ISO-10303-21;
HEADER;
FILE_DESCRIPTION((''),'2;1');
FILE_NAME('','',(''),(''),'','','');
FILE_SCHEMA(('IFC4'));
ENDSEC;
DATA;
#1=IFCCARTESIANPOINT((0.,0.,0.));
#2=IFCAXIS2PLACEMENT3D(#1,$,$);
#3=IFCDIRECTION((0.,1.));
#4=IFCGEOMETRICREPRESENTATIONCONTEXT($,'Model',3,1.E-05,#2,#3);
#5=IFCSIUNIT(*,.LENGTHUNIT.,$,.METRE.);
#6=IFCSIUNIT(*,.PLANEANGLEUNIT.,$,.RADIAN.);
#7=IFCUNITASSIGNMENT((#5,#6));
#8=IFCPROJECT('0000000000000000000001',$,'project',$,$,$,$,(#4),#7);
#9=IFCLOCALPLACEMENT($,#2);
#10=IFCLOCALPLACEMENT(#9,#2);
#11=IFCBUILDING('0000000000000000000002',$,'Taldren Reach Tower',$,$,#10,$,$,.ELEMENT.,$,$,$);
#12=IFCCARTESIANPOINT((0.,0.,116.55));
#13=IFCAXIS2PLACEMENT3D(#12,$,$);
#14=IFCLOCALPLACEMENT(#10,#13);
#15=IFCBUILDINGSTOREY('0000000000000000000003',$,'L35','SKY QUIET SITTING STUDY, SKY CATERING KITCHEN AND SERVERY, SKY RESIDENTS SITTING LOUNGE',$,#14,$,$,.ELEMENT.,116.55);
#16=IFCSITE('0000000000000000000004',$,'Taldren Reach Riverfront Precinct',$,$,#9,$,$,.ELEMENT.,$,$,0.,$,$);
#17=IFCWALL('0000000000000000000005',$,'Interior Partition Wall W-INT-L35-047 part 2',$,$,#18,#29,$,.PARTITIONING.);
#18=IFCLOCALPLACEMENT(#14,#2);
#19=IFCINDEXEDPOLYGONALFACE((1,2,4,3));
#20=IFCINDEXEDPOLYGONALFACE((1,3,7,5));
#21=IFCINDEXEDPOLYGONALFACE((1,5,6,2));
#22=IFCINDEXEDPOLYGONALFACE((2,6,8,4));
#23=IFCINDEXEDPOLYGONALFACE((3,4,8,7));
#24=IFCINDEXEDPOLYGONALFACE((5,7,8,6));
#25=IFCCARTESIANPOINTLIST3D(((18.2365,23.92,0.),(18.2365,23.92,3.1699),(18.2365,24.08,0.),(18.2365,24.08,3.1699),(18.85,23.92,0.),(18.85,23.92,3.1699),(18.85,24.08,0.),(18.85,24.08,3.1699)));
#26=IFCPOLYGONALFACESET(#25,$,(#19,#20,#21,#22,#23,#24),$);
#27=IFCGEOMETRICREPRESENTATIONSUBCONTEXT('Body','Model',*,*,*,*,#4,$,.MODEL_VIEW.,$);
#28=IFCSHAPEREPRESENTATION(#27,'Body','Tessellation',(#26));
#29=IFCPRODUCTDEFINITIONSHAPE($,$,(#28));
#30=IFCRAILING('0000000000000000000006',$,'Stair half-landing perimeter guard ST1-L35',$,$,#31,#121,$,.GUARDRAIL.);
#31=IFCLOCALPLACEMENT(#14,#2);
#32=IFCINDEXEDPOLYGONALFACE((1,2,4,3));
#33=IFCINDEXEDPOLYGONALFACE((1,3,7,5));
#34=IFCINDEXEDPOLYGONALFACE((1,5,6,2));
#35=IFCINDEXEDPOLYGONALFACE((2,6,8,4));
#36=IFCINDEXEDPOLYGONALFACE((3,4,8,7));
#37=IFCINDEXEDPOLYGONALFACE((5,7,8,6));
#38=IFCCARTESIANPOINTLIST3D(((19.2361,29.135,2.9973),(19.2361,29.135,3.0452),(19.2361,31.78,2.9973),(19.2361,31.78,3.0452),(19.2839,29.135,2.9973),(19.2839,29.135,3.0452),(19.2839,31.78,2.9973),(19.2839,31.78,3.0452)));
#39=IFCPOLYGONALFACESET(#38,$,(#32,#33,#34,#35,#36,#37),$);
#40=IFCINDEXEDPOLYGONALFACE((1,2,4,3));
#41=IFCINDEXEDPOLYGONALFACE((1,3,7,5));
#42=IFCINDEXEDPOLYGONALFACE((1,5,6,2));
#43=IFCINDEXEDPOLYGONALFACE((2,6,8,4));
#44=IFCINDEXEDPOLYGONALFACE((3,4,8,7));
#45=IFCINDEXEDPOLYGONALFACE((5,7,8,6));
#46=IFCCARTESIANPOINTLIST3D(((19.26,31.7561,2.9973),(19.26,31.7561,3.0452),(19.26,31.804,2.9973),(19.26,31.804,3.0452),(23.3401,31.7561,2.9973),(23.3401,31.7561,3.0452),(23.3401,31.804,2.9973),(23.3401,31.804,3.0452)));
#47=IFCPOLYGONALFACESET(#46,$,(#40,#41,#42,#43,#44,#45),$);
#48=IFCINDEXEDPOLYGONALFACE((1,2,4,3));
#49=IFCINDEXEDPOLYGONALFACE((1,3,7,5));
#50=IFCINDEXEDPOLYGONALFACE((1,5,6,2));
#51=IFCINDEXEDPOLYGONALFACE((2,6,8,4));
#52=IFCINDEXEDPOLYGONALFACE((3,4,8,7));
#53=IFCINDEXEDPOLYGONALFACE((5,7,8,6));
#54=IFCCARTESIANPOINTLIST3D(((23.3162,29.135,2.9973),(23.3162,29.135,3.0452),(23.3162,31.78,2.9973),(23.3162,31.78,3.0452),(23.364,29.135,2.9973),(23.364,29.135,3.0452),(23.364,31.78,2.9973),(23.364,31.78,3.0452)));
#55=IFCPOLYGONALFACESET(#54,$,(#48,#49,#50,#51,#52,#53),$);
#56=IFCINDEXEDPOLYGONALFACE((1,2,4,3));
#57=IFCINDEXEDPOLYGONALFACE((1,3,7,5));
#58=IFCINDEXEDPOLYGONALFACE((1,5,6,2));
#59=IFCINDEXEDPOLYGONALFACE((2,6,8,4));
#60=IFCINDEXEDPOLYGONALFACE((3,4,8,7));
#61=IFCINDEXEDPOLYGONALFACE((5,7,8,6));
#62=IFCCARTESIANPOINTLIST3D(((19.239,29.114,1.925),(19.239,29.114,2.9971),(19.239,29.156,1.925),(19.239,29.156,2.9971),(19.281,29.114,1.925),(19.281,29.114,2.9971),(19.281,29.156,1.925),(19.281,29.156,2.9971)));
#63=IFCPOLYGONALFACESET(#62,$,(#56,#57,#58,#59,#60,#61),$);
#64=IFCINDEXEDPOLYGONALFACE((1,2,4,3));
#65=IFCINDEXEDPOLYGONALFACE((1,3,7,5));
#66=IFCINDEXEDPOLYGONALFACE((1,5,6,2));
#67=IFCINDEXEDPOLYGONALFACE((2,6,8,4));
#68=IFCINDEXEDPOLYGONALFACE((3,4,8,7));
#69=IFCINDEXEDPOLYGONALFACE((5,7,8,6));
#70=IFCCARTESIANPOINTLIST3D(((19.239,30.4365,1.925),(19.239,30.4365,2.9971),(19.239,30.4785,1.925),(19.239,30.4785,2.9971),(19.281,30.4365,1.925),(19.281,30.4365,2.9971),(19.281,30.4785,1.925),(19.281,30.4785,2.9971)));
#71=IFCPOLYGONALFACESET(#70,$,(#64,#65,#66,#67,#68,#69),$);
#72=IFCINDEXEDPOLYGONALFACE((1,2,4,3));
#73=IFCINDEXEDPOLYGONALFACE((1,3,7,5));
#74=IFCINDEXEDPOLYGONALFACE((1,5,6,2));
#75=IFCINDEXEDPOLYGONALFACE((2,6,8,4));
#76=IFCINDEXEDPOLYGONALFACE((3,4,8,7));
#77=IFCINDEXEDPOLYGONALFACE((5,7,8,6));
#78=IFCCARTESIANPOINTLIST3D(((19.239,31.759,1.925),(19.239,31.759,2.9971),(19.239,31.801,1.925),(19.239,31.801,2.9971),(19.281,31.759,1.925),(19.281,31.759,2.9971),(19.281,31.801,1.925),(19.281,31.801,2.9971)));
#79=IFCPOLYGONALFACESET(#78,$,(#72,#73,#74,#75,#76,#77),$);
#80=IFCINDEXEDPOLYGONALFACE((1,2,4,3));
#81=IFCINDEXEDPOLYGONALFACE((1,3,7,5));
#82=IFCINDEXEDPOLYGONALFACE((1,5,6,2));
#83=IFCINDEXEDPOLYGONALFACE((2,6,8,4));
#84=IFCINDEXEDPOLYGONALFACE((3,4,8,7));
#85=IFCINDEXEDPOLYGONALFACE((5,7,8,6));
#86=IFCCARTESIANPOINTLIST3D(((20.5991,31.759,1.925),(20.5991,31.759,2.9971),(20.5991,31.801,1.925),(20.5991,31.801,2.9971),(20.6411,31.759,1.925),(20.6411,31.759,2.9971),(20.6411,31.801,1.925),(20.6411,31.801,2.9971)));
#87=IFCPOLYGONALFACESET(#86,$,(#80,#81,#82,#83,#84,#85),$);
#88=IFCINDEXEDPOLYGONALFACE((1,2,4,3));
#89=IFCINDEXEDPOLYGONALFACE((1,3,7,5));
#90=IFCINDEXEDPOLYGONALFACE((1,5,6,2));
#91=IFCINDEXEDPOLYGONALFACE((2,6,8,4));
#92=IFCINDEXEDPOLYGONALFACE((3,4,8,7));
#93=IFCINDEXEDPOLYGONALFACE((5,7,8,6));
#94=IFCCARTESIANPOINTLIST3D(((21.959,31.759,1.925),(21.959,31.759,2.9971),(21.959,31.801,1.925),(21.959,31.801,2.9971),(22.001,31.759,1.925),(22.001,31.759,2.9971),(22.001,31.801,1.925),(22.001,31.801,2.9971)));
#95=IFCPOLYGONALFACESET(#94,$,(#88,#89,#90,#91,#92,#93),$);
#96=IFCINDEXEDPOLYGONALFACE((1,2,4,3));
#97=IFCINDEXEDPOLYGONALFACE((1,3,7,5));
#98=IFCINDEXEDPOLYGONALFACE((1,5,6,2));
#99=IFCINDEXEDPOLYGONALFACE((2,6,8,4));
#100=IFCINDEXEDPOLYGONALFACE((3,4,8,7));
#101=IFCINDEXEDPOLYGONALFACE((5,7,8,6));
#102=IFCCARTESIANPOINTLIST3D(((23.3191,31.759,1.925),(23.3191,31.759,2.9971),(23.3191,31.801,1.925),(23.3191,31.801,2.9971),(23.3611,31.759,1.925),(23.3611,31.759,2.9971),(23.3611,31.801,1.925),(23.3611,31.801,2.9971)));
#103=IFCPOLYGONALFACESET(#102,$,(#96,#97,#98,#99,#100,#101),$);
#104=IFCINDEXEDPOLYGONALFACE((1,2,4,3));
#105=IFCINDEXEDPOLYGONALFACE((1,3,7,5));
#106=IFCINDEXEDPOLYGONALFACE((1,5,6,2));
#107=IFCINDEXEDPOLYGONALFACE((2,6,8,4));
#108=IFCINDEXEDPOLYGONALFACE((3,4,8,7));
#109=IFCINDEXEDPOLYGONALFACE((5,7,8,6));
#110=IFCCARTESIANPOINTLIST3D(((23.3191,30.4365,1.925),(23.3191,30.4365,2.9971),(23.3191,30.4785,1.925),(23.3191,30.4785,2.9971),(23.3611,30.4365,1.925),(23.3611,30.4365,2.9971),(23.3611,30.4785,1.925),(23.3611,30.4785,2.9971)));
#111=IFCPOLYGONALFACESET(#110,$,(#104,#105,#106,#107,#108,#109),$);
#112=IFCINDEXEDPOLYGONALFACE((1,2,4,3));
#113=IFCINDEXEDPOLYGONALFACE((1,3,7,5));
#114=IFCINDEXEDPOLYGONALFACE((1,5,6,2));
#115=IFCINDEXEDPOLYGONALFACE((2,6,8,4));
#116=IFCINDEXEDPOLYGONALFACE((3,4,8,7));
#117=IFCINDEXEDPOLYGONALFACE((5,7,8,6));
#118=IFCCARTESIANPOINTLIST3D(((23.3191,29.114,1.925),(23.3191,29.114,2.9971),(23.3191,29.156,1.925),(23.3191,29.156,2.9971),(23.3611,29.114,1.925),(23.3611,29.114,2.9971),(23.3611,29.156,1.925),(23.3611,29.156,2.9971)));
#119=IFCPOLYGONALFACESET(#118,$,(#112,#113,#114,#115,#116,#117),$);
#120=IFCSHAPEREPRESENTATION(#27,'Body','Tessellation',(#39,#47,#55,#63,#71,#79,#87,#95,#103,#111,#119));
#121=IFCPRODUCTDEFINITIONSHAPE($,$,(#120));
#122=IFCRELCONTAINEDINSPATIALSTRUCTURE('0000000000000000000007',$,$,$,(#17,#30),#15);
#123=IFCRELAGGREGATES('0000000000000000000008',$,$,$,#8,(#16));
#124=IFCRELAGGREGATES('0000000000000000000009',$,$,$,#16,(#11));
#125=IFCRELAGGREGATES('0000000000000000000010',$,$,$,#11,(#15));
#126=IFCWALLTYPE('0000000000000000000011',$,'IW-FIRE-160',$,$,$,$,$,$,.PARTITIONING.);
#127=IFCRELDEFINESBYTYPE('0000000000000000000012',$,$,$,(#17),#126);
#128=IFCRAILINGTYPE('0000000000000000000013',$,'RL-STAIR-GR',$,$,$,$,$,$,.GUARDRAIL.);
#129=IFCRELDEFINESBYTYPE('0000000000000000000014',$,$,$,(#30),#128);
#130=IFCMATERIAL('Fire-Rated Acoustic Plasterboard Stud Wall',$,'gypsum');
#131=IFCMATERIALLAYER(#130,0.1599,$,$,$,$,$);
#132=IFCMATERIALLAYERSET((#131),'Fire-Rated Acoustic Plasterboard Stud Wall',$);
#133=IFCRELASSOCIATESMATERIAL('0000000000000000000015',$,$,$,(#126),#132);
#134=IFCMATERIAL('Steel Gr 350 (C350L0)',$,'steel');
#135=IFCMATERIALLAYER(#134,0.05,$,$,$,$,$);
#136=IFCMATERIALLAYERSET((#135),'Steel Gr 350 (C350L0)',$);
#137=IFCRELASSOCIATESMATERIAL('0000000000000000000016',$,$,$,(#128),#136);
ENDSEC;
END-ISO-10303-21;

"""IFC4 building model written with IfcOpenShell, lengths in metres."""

from ifc_helpers import new_model, si_unit, direction, frame, frame_2d, origin, origin_2d, place, context, subcontext, project, spatial, rectangle, extrude, source, transform, mapped, material, layer, layer_set, type_object, element, save


model = new_model("IFC4")

# Units and contexts
model_context = context("Model", 3, precision=1e-05, world=origin(), true_north=direction((0.0, 1.0)))
body_context = subcontext(model_context, "Body", "Model", "MODEL_VIEW")
ifc_project = project(units=[si_unit("LENGTHUNIT", "METRE"), si_unit("PLANEANGLEUNIT", "RADIAN")], contexts=[model_context])

# Site, building, storey
site_placement = place(None, origin())
site = spatial("IfcSite", under=ifc_project, at=site_placement, Name="Taldren Reach Riverfront Precinct", CompositionType="ELEMENT", RefElevation=0.0)
building_placement = place(site_placement, origin())
building = spatial("IfcBuilding", under=site, at=building_placement, Name="Taldren Reach Tower", CompositionType="ELEMENT")
storey_placement = place(building_placement, frame((0.0, 0.0, 116.55)))
storey = spatial("IfcBuildingStorey", under=building, at=storey_placement, Name="L35", Description="SKY QUIET SITTING STUDY, SKY CATERING KITCHEN AND SERVERY, SKY RESIDENTS SITTING LOUNGE", CompositionType="ELEMENT", Elevation=116.55)

# Shared definitions
ifc_material_1 = material(Name="Steel Gr 350 (C350L0)", Category="steel")

# Wall
ifc_material_2 = material(Name="Fire-Rated Acoustic Plasterboard Stud Wall", Category="gypsum")
ifc_layer_1 = layer(ifc_material_2, 0.1599)
ifc_layer_set_1 = layer_set([ifc_layer_1], Name="Fire-Rated Acoustic Plasterboard Stud Wall")
wall_type_1 = type_object("IfcWallType", Name="IW-FIRE-160", PredefinedType="PARTITIONING", material=ifc_layer_set_1)
shared_shape_1 = source(origin(), body_context, "Body", "SweptSolid", [
    extrude(rectangle(XDim=0.6135, YDim=0.1599, at=frame_2d((0.3066, 0.0))), origin(), (0.0, 0.0, 1.0), 3.1699),
])
wall_1_placement = place(storey_placement, frame((18.2366, 24.0, 0.0), z_axis=(0.0, 0.0, 1.0), x_axis=(1.0, 0.0, 0.0)))
element("IfcWall", 1, at=wall_1_placement, inside=storey, type_object=wall_type_1, Name="Interior Partition Wall W-INT-L35-047 part 2", PredefinedType="PARTITIONING", context=body_context, shape_type="MappedRepresentation", body=[
    mapped(shared_shape_1, transform((0.0, 0.0, 0.0), scale=1.0)),
])

# Railing
ifc_layer_2 = layer(ifc_material_1, 0.05)
ifc_layer_set_2 = layer_set([ifc_layer_2], Name="Steel Gr 350 (C350L0)")
railing_type_1 = type_object("IfcRailingType", Name="RL-STAIR-GR", PredefinedType="GUARDRAIL", material=ifc_layer_set_2)
railing_1_placement = place(storey_placement, frame((19.26, 29.135, 1.925)))
element("IfcRailing", 2, at=railing_1_placement, inside=storey, type_object=railing_type_1, Name="Stair half-landing perimeter guard ST1-L35", PredefinedType="GUARDRAIL", context=body_context, shape_type="SweptSolid", body=[
    extrude(rectangle(XDim=0.0479, YDim=0.0479, at=origin_2d()), frame((0.0, 0.0, 1.0962), z_axis=(0.0, 1.0, 0.0), x_axis=(-1.0, 0.0, 0.0)), (0.0, 0.0, 1.0), 2.645),
    extrude(rectangle(XDim=0.0479, YDim=0.0479, at=origin_2d()), frame((0.0, 2.645, 1.0962), z_axis=(1.0, 0.0, 0.0), x_axis=(0.0, 1.0, 0.0)), (0.0, 0.0, 1.0), 4.0801),
    extrude(rectangle(XDim=0.0479, YDim=0.0479, at=origin_2d()), frame((4.0801, 2.645, 1.0962), z_axis=(0.0, -1.0, 0.0), x_axis=(1.0, 0.0, 0.0)), (0.0, 0.0, 1.0), 2.645),
    extrude(rectangle(XDim=0.042, YDim=0.042, at=origin_2d()), origin(), (0.0, 0.0, 1.0), 1.072),
    extrude(rectangle(XDim=0.042, YDim=0.042, at=origin_2d()), frame((0.0, 1.3225, 0.0)), (0.0, 0.0, 1.0), 1.072),
    extrude(rectangle(XDim=0.042, YDim=0.042, at=origin_2d()), frame((0.0, 2.645, 0.0)), (0.0, 0.0, 1.0), 1.072),
    extrude(rectangle(XDim=0.042, YDim=0.042, at=origin_2d()), frame((1.3601, 2.645, 0.0)), (0.0, 0.0, 1.0), 1.072),
    extrude(rectangle(XDim=0.042, YDim=0.042, at=origin_2d()), frame((2.72, 2.645, 0.0)), (0.0, 0.0, 1.0), 1.072),
    extrude(rectangle(XDim=0.042, YDim=0.042, at=origin_2d()), frame((4.0801, 2.645, 0.0)), (0.0, 0.0, 1.0), 1.072),
    extrude(rectangle(XDim=0.042, YDim=0.042, at=origin_2d()), frame((4.0801, 1.3225, 0.0)), (0.0, 0.0, 1.0), 1.072),
    extrude(rectangle(XDim=0.042, YDim=0.042, at=origin_2d()), frame((4.0801, 0.0, 0.0)), (0.0, 0.0, 1.0), 1.072),
])

save(model, "model.ifc")
